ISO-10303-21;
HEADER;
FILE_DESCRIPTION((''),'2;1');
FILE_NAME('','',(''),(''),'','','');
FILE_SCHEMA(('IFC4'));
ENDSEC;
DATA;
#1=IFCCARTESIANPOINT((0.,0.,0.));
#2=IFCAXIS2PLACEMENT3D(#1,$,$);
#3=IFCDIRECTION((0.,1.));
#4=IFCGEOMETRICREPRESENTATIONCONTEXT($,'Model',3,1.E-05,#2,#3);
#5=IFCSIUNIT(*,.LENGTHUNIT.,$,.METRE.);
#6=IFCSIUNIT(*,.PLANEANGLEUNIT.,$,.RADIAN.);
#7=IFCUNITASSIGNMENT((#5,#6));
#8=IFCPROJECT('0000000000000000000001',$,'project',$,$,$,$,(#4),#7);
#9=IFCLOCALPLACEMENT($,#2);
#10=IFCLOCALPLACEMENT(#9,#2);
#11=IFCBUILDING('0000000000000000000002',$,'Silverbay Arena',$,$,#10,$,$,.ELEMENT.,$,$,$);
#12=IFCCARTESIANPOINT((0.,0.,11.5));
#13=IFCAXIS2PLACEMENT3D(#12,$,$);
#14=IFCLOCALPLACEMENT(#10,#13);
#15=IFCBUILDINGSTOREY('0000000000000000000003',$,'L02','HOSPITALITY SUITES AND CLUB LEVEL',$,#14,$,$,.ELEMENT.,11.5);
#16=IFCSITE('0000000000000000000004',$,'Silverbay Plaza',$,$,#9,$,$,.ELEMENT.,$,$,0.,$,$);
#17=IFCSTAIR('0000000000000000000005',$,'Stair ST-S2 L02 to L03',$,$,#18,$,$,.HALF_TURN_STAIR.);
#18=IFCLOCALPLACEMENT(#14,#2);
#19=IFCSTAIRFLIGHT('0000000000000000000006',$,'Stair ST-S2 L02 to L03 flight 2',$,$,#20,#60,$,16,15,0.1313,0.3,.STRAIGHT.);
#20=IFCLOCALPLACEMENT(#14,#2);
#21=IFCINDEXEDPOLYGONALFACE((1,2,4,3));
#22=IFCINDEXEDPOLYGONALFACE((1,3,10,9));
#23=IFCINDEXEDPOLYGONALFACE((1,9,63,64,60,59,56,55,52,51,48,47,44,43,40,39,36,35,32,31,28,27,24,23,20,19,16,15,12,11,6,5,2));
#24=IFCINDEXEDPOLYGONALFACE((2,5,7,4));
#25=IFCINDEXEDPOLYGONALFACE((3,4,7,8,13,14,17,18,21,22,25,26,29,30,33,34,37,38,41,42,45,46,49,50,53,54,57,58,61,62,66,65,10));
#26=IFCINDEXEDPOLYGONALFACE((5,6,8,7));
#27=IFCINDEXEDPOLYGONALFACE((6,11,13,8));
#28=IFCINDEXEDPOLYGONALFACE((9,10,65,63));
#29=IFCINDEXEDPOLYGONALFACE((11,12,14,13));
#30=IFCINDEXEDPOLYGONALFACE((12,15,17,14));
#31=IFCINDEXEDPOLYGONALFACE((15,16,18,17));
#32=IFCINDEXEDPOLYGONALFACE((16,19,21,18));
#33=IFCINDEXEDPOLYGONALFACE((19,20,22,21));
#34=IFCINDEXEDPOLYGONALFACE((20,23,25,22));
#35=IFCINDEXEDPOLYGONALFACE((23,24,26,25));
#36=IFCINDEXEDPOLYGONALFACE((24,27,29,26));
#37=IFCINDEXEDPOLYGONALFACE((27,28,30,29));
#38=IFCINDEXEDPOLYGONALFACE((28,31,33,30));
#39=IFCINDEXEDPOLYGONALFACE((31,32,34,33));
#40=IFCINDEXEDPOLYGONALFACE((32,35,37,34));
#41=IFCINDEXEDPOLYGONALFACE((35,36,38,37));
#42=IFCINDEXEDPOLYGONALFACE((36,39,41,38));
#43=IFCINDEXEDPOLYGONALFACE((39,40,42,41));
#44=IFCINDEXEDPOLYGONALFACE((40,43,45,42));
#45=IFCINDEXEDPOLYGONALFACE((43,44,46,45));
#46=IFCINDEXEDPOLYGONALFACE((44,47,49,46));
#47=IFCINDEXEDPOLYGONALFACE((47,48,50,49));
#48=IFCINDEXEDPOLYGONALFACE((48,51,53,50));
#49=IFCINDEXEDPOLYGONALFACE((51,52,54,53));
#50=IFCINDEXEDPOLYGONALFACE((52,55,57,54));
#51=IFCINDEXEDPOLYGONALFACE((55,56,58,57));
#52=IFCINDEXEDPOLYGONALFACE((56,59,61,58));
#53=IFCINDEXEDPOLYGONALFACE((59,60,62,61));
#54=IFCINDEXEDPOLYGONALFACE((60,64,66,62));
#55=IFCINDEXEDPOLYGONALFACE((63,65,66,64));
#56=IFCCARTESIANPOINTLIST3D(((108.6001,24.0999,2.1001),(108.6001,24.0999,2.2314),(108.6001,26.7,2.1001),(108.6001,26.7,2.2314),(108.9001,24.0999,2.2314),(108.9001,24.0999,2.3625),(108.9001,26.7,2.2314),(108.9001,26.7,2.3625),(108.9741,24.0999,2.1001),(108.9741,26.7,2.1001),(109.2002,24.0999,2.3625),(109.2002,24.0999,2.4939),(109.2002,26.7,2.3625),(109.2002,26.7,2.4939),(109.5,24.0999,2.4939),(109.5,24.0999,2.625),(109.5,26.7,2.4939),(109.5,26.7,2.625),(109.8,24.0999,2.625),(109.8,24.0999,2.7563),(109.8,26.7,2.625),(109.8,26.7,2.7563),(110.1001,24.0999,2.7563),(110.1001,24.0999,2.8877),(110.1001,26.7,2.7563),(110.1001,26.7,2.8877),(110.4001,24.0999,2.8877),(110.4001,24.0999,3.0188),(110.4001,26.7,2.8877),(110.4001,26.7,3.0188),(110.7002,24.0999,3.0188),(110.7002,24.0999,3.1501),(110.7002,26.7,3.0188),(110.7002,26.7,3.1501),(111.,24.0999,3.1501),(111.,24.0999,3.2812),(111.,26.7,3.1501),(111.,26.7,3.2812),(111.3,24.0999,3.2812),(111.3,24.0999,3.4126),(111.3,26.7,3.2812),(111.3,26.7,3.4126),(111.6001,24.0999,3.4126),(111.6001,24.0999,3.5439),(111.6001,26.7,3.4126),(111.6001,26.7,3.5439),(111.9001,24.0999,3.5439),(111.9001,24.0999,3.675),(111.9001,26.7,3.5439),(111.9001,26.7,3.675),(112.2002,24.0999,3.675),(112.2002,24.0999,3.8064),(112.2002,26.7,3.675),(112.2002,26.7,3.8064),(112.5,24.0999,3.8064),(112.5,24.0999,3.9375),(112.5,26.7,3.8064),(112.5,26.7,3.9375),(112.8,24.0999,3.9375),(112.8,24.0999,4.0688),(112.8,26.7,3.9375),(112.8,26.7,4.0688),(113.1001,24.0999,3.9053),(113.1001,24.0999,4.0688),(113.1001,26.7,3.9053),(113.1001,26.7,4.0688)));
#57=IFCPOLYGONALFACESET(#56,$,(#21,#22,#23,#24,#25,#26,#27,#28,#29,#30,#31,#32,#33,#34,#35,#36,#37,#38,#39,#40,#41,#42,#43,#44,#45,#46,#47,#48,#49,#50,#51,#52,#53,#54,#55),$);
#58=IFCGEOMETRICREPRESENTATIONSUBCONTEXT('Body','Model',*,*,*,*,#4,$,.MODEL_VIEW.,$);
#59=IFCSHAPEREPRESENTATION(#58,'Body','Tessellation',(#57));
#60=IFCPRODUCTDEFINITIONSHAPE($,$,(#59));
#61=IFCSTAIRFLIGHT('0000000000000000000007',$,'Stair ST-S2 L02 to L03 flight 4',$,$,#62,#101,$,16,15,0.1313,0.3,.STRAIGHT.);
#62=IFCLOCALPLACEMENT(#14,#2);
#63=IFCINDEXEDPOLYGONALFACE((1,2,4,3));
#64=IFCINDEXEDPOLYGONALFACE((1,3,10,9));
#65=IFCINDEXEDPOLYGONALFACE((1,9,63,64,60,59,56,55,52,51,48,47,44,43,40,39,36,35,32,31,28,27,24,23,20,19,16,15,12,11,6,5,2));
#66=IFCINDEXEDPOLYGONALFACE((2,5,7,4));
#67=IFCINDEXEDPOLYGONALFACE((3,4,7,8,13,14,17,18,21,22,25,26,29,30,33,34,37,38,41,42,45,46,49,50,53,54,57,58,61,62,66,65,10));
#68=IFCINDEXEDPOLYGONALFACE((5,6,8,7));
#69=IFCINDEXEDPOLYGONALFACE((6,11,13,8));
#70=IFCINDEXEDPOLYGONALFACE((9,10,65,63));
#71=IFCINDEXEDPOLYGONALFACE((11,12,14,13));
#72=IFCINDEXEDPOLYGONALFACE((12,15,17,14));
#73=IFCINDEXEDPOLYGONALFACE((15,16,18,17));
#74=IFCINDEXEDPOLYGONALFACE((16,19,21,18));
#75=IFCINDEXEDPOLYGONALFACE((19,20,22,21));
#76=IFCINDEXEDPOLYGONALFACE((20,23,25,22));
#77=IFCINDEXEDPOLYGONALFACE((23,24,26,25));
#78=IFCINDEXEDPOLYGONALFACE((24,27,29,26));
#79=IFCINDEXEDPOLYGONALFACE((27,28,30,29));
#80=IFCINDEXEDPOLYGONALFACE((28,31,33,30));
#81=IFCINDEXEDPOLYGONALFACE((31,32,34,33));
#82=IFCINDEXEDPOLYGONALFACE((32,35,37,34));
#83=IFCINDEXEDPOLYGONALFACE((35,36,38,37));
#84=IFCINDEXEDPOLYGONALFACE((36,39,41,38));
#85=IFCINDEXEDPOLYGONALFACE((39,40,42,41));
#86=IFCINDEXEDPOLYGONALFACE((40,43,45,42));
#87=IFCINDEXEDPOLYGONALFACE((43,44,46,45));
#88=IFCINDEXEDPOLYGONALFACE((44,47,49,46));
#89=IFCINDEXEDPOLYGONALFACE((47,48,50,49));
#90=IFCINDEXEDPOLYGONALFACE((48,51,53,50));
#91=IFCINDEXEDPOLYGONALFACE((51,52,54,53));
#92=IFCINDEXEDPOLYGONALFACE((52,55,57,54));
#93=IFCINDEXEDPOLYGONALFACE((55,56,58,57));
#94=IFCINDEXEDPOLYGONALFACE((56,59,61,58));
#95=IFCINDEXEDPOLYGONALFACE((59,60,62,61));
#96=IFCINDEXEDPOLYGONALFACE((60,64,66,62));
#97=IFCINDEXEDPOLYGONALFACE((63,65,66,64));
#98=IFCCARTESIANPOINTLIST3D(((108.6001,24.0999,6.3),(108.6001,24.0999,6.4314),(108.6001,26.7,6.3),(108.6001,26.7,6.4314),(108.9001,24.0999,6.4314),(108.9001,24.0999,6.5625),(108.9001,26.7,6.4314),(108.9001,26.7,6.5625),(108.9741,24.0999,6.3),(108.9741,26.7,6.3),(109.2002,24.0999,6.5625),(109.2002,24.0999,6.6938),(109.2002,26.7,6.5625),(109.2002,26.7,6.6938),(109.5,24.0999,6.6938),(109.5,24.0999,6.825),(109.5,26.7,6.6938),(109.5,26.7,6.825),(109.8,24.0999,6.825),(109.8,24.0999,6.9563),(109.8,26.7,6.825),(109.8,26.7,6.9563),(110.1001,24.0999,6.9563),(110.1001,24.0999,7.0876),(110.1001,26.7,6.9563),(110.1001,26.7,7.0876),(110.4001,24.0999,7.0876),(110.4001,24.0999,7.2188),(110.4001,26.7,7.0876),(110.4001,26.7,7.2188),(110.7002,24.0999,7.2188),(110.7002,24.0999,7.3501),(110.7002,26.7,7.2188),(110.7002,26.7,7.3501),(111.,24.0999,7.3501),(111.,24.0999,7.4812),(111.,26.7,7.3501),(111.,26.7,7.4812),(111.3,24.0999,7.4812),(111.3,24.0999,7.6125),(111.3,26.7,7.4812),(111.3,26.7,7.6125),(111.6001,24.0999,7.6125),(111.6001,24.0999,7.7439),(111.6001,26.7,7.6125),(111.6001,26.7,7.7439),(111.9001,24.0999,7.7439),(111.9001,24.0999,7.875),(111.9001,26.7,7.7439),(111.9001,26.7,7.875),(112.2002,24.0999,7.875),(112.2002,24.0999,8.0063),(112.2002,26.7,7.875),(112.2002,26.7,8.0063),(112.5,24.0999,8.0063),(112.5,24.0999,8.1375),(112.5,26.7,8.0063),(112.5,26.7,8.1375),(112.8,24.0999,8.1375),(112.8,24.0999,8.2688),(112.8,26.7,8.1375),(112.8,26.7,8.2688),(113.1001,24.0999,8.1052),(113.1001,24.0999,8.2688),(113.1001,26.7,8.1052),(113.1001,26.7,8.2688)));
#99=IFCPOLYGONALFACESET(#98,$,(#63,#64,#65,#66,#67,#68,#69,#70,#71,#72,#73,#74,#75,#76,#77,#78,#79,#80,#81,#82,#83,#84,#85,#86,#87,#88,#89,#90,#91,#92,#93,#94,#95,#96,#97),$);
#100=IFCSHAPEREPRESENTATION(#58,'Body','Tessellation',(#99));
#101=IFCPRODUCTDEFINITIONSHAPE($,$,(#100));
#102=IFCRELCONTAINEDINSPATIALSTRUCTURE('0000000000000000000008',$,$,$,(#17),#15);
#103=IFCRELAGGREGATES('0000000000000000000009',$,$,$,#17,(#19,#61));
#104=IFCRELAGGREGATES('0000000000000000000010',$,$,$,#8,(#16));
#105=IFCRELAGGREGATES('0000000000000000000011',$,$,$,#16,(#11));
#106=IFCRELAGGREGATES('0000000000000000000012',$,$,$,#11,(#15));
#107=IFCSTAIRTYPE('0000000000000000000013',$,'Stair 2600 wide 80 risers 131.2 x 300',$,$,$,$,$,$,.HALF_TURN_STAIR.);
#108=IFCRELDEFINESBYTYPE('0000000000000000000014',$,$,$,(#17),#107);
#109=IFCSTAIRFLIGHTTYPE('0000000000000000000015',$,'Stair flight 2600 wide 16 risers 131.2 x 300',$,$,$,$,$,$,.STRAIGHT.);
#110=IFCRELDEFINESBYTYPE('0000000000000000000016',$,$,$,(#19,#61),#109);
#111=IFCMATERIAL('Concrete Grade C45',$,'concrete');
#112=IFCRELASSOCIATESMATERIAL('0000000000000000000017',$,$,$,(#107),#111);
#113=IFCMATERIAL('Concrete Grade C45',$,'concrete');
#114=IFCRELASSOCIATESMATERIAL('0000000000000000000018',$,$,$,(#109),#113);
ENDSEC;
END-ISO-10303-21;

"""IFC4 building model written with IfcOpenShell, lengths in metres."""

from ifc_helpers import new_model, si_unit, direction, frame, origin, place, context, subcontext, project, spatial, polyline, outline, extrude, material, type_object, element, aggregate, save


model = new_model("IFC4")

# Units and contexts
model_context = context("Model", 3, precision=1e-05, world=origin(), true_north=direction((0.0, 1.0)))
body_context = subcontext(model_context, "Body", "Model", "MODEL_VIEW")
ifc_project = project(units=[si_unit("LENGTHUNIT", "METRE"), si_unit("PLANEANGLEUNIT", "RADIAN")], contexts=[model_context])

# Site, building, storey
site_placement = place(None, origin())
site = spatial("IfcSite", under=ifc_project, at=site_placement, Name="Silverbay Plaza", CompositionType="ELEMENT", RefElevation=0.0)
building_placement = place(site_placement, origin())
building = spatial("IfcBuilding", under=site, at=building_placement, Name="Silverbay Arena", CompositionType="ELEMENT")
storey_placement = place(building_placement, frame((0.0, 0.0, 11.5)))
storey = spatial("IfcBuildingStorey", under=building, at=storey_placement, Name="L02", Description="HOSPITALITY SUITES AND CLUB LEVEL", CompositionType="ELEMENT", Elevation=11.5)

# Stair, stair flights
ifc_material_1 = material(Name="Concrete Grade C45", Category="concrete")
stair_type = type_object("IfcStairType", Name="Stair 2600 wide 80 risers 131.2 x 300", PredefinedType="HALF_TURN_STAIR", material=ifc_material_1)
stair_placement = place(storey_placement, origin())
stair = element("IfcStair", 1, at=stair_placement, inside=storey, type_object=stair_type, Name="Stair ST-S2 L02 to L03", PredefinedType="HALF_TURN_STAIR")
ifc_material_2 = material(Name="Concrete Grade C45", Category="concrete")
stair_flight_type = type_object("IfcStairFlightType", Name="Stair flight 2600 wide 16 risers 131.2 x 300", PredefinedType="STRAIGHT", material=ifc_material_2)
stair_flight_1_placement = place(storey_placement, frame((108.6001, 25.3999, 2.1001), z_axis=(0.0, 0.0, 1.0), x_axis=(1.0, 0.0, 0.0)))
stair_flight_1 = element("IfcStairFlight", 2, at=stair_flight_1_placement, type_object=stair_flight_type, Name="Stair ST-S2 L02 to L03 flight 2", NumberOfRisers=16, NumberOfTreads=15, PredefinedType="STRAIGHT", RiserHeight=0.1313, TreadLength=0.3, context=body_context, shape_type="SweptSolid", body=[
    extrude(outline(polyline([(0.0, 0.0), (0.0, 0.1313), (0.3, 0.1313), (0.3, 0.2625), (0.6001, 0.2625), (0.6001, 0.3938), (0.8999, 0.3938), (0.8999, 0.5249), (1.2, 0.5249), (1.2, 0.6562), (1.5, 0.6562), (1.5, 0.7876), (1.8, 0.7876), (1.8, 0.9187), (2.1001, 0.9187), (2.1001, 1.05), (2.3999, 1.05), (2.3999, 1.1812), (2.7, 1.1812), (2.7, 1.3125), (3.0, 1.3125), (3.0, 1.4438), (3.3, 1.4438), (3.3, 1.575), (3.6001, 1.575), (3.6001, 1.7063), (3.8999, 1.7063), (3.8999, 1.8374), (4.2, 1.8374), (4.2, 1.9688), (4.5, 1.9688), (4.5, 1.8052), (0.374, 0.0), (0.0, 0.0)])), frame((0.0, 1.3, 0.0), z_axis=(0.0, -1.0, 0.0), x_axis=(1.0, 0.0, 0.0)), (0.0, 0.0, 1.0), 2.6001),
])
stair_flight_2_placement = place(storey_placement, frame((108.6001, 25.3999, 6.3), z_axis=(0.0, 0.0, 1.0), x_axis=(1.0, 0.0, 0.0)))
stair_flight_2 = element("IfcStairFlight", 3, at=stair_flight_2_placement, type_object=stair_flight_type, Name="Stair ST-S2 L02 to L03 flight 4", NumberOfRisers=16, NumberOfTreads=15, PredefinedType="STRAIGHT", RiserHeight=0.1313, TreadLength=0.3, context=body_context, shape_type="SweptSolid", body=[
    extrude(outline(polyline([(0.0, 0.0), (0.0, 0.1313), (0.3, 0.1313), (0.3, 0.2625), (0.6001, 0.2625), (0.6001, 0.3938), (0.8999, 0.3938), (0.8999, 0.5249), (1.2, 0.5249), (1.2, 0.6562), (1.5, 0.6562), (1.5, 0.7876), (1.8, 0.7876), (1.8, 0.9187), (2.1001, 0.9187), (2.1001, 1.05), (2.3999, 1.05), (2.3999, 1.1812), (2.7, 1.1812), (2.7, 1.3125), (3.0, 1.3125), (3.0, 1.4438), (3.3, 1.4438), (3.3, 1.575), (3.6001, 1.575), (3.6001, 1.7063), (3.8999, 1.7063), (3.8999, 1.8374), (4.2, 1.8374), (4.2, 1.9688), (4.5, 1.9688), (4.5, 1.8052), (0.374, 0.0), (0.0, 0.0)])), frame((0.0, 1.3, 0.0), z_axis=(0.0, -1.0, 0.0), x_axis=(1.0, 0.0, 0.0)), (0.0, 0.0, 1.0), 2.6001),
])
aggregate(stair, [stair_flight_1, stair_flight_2])

save(model, "model.ifc")
